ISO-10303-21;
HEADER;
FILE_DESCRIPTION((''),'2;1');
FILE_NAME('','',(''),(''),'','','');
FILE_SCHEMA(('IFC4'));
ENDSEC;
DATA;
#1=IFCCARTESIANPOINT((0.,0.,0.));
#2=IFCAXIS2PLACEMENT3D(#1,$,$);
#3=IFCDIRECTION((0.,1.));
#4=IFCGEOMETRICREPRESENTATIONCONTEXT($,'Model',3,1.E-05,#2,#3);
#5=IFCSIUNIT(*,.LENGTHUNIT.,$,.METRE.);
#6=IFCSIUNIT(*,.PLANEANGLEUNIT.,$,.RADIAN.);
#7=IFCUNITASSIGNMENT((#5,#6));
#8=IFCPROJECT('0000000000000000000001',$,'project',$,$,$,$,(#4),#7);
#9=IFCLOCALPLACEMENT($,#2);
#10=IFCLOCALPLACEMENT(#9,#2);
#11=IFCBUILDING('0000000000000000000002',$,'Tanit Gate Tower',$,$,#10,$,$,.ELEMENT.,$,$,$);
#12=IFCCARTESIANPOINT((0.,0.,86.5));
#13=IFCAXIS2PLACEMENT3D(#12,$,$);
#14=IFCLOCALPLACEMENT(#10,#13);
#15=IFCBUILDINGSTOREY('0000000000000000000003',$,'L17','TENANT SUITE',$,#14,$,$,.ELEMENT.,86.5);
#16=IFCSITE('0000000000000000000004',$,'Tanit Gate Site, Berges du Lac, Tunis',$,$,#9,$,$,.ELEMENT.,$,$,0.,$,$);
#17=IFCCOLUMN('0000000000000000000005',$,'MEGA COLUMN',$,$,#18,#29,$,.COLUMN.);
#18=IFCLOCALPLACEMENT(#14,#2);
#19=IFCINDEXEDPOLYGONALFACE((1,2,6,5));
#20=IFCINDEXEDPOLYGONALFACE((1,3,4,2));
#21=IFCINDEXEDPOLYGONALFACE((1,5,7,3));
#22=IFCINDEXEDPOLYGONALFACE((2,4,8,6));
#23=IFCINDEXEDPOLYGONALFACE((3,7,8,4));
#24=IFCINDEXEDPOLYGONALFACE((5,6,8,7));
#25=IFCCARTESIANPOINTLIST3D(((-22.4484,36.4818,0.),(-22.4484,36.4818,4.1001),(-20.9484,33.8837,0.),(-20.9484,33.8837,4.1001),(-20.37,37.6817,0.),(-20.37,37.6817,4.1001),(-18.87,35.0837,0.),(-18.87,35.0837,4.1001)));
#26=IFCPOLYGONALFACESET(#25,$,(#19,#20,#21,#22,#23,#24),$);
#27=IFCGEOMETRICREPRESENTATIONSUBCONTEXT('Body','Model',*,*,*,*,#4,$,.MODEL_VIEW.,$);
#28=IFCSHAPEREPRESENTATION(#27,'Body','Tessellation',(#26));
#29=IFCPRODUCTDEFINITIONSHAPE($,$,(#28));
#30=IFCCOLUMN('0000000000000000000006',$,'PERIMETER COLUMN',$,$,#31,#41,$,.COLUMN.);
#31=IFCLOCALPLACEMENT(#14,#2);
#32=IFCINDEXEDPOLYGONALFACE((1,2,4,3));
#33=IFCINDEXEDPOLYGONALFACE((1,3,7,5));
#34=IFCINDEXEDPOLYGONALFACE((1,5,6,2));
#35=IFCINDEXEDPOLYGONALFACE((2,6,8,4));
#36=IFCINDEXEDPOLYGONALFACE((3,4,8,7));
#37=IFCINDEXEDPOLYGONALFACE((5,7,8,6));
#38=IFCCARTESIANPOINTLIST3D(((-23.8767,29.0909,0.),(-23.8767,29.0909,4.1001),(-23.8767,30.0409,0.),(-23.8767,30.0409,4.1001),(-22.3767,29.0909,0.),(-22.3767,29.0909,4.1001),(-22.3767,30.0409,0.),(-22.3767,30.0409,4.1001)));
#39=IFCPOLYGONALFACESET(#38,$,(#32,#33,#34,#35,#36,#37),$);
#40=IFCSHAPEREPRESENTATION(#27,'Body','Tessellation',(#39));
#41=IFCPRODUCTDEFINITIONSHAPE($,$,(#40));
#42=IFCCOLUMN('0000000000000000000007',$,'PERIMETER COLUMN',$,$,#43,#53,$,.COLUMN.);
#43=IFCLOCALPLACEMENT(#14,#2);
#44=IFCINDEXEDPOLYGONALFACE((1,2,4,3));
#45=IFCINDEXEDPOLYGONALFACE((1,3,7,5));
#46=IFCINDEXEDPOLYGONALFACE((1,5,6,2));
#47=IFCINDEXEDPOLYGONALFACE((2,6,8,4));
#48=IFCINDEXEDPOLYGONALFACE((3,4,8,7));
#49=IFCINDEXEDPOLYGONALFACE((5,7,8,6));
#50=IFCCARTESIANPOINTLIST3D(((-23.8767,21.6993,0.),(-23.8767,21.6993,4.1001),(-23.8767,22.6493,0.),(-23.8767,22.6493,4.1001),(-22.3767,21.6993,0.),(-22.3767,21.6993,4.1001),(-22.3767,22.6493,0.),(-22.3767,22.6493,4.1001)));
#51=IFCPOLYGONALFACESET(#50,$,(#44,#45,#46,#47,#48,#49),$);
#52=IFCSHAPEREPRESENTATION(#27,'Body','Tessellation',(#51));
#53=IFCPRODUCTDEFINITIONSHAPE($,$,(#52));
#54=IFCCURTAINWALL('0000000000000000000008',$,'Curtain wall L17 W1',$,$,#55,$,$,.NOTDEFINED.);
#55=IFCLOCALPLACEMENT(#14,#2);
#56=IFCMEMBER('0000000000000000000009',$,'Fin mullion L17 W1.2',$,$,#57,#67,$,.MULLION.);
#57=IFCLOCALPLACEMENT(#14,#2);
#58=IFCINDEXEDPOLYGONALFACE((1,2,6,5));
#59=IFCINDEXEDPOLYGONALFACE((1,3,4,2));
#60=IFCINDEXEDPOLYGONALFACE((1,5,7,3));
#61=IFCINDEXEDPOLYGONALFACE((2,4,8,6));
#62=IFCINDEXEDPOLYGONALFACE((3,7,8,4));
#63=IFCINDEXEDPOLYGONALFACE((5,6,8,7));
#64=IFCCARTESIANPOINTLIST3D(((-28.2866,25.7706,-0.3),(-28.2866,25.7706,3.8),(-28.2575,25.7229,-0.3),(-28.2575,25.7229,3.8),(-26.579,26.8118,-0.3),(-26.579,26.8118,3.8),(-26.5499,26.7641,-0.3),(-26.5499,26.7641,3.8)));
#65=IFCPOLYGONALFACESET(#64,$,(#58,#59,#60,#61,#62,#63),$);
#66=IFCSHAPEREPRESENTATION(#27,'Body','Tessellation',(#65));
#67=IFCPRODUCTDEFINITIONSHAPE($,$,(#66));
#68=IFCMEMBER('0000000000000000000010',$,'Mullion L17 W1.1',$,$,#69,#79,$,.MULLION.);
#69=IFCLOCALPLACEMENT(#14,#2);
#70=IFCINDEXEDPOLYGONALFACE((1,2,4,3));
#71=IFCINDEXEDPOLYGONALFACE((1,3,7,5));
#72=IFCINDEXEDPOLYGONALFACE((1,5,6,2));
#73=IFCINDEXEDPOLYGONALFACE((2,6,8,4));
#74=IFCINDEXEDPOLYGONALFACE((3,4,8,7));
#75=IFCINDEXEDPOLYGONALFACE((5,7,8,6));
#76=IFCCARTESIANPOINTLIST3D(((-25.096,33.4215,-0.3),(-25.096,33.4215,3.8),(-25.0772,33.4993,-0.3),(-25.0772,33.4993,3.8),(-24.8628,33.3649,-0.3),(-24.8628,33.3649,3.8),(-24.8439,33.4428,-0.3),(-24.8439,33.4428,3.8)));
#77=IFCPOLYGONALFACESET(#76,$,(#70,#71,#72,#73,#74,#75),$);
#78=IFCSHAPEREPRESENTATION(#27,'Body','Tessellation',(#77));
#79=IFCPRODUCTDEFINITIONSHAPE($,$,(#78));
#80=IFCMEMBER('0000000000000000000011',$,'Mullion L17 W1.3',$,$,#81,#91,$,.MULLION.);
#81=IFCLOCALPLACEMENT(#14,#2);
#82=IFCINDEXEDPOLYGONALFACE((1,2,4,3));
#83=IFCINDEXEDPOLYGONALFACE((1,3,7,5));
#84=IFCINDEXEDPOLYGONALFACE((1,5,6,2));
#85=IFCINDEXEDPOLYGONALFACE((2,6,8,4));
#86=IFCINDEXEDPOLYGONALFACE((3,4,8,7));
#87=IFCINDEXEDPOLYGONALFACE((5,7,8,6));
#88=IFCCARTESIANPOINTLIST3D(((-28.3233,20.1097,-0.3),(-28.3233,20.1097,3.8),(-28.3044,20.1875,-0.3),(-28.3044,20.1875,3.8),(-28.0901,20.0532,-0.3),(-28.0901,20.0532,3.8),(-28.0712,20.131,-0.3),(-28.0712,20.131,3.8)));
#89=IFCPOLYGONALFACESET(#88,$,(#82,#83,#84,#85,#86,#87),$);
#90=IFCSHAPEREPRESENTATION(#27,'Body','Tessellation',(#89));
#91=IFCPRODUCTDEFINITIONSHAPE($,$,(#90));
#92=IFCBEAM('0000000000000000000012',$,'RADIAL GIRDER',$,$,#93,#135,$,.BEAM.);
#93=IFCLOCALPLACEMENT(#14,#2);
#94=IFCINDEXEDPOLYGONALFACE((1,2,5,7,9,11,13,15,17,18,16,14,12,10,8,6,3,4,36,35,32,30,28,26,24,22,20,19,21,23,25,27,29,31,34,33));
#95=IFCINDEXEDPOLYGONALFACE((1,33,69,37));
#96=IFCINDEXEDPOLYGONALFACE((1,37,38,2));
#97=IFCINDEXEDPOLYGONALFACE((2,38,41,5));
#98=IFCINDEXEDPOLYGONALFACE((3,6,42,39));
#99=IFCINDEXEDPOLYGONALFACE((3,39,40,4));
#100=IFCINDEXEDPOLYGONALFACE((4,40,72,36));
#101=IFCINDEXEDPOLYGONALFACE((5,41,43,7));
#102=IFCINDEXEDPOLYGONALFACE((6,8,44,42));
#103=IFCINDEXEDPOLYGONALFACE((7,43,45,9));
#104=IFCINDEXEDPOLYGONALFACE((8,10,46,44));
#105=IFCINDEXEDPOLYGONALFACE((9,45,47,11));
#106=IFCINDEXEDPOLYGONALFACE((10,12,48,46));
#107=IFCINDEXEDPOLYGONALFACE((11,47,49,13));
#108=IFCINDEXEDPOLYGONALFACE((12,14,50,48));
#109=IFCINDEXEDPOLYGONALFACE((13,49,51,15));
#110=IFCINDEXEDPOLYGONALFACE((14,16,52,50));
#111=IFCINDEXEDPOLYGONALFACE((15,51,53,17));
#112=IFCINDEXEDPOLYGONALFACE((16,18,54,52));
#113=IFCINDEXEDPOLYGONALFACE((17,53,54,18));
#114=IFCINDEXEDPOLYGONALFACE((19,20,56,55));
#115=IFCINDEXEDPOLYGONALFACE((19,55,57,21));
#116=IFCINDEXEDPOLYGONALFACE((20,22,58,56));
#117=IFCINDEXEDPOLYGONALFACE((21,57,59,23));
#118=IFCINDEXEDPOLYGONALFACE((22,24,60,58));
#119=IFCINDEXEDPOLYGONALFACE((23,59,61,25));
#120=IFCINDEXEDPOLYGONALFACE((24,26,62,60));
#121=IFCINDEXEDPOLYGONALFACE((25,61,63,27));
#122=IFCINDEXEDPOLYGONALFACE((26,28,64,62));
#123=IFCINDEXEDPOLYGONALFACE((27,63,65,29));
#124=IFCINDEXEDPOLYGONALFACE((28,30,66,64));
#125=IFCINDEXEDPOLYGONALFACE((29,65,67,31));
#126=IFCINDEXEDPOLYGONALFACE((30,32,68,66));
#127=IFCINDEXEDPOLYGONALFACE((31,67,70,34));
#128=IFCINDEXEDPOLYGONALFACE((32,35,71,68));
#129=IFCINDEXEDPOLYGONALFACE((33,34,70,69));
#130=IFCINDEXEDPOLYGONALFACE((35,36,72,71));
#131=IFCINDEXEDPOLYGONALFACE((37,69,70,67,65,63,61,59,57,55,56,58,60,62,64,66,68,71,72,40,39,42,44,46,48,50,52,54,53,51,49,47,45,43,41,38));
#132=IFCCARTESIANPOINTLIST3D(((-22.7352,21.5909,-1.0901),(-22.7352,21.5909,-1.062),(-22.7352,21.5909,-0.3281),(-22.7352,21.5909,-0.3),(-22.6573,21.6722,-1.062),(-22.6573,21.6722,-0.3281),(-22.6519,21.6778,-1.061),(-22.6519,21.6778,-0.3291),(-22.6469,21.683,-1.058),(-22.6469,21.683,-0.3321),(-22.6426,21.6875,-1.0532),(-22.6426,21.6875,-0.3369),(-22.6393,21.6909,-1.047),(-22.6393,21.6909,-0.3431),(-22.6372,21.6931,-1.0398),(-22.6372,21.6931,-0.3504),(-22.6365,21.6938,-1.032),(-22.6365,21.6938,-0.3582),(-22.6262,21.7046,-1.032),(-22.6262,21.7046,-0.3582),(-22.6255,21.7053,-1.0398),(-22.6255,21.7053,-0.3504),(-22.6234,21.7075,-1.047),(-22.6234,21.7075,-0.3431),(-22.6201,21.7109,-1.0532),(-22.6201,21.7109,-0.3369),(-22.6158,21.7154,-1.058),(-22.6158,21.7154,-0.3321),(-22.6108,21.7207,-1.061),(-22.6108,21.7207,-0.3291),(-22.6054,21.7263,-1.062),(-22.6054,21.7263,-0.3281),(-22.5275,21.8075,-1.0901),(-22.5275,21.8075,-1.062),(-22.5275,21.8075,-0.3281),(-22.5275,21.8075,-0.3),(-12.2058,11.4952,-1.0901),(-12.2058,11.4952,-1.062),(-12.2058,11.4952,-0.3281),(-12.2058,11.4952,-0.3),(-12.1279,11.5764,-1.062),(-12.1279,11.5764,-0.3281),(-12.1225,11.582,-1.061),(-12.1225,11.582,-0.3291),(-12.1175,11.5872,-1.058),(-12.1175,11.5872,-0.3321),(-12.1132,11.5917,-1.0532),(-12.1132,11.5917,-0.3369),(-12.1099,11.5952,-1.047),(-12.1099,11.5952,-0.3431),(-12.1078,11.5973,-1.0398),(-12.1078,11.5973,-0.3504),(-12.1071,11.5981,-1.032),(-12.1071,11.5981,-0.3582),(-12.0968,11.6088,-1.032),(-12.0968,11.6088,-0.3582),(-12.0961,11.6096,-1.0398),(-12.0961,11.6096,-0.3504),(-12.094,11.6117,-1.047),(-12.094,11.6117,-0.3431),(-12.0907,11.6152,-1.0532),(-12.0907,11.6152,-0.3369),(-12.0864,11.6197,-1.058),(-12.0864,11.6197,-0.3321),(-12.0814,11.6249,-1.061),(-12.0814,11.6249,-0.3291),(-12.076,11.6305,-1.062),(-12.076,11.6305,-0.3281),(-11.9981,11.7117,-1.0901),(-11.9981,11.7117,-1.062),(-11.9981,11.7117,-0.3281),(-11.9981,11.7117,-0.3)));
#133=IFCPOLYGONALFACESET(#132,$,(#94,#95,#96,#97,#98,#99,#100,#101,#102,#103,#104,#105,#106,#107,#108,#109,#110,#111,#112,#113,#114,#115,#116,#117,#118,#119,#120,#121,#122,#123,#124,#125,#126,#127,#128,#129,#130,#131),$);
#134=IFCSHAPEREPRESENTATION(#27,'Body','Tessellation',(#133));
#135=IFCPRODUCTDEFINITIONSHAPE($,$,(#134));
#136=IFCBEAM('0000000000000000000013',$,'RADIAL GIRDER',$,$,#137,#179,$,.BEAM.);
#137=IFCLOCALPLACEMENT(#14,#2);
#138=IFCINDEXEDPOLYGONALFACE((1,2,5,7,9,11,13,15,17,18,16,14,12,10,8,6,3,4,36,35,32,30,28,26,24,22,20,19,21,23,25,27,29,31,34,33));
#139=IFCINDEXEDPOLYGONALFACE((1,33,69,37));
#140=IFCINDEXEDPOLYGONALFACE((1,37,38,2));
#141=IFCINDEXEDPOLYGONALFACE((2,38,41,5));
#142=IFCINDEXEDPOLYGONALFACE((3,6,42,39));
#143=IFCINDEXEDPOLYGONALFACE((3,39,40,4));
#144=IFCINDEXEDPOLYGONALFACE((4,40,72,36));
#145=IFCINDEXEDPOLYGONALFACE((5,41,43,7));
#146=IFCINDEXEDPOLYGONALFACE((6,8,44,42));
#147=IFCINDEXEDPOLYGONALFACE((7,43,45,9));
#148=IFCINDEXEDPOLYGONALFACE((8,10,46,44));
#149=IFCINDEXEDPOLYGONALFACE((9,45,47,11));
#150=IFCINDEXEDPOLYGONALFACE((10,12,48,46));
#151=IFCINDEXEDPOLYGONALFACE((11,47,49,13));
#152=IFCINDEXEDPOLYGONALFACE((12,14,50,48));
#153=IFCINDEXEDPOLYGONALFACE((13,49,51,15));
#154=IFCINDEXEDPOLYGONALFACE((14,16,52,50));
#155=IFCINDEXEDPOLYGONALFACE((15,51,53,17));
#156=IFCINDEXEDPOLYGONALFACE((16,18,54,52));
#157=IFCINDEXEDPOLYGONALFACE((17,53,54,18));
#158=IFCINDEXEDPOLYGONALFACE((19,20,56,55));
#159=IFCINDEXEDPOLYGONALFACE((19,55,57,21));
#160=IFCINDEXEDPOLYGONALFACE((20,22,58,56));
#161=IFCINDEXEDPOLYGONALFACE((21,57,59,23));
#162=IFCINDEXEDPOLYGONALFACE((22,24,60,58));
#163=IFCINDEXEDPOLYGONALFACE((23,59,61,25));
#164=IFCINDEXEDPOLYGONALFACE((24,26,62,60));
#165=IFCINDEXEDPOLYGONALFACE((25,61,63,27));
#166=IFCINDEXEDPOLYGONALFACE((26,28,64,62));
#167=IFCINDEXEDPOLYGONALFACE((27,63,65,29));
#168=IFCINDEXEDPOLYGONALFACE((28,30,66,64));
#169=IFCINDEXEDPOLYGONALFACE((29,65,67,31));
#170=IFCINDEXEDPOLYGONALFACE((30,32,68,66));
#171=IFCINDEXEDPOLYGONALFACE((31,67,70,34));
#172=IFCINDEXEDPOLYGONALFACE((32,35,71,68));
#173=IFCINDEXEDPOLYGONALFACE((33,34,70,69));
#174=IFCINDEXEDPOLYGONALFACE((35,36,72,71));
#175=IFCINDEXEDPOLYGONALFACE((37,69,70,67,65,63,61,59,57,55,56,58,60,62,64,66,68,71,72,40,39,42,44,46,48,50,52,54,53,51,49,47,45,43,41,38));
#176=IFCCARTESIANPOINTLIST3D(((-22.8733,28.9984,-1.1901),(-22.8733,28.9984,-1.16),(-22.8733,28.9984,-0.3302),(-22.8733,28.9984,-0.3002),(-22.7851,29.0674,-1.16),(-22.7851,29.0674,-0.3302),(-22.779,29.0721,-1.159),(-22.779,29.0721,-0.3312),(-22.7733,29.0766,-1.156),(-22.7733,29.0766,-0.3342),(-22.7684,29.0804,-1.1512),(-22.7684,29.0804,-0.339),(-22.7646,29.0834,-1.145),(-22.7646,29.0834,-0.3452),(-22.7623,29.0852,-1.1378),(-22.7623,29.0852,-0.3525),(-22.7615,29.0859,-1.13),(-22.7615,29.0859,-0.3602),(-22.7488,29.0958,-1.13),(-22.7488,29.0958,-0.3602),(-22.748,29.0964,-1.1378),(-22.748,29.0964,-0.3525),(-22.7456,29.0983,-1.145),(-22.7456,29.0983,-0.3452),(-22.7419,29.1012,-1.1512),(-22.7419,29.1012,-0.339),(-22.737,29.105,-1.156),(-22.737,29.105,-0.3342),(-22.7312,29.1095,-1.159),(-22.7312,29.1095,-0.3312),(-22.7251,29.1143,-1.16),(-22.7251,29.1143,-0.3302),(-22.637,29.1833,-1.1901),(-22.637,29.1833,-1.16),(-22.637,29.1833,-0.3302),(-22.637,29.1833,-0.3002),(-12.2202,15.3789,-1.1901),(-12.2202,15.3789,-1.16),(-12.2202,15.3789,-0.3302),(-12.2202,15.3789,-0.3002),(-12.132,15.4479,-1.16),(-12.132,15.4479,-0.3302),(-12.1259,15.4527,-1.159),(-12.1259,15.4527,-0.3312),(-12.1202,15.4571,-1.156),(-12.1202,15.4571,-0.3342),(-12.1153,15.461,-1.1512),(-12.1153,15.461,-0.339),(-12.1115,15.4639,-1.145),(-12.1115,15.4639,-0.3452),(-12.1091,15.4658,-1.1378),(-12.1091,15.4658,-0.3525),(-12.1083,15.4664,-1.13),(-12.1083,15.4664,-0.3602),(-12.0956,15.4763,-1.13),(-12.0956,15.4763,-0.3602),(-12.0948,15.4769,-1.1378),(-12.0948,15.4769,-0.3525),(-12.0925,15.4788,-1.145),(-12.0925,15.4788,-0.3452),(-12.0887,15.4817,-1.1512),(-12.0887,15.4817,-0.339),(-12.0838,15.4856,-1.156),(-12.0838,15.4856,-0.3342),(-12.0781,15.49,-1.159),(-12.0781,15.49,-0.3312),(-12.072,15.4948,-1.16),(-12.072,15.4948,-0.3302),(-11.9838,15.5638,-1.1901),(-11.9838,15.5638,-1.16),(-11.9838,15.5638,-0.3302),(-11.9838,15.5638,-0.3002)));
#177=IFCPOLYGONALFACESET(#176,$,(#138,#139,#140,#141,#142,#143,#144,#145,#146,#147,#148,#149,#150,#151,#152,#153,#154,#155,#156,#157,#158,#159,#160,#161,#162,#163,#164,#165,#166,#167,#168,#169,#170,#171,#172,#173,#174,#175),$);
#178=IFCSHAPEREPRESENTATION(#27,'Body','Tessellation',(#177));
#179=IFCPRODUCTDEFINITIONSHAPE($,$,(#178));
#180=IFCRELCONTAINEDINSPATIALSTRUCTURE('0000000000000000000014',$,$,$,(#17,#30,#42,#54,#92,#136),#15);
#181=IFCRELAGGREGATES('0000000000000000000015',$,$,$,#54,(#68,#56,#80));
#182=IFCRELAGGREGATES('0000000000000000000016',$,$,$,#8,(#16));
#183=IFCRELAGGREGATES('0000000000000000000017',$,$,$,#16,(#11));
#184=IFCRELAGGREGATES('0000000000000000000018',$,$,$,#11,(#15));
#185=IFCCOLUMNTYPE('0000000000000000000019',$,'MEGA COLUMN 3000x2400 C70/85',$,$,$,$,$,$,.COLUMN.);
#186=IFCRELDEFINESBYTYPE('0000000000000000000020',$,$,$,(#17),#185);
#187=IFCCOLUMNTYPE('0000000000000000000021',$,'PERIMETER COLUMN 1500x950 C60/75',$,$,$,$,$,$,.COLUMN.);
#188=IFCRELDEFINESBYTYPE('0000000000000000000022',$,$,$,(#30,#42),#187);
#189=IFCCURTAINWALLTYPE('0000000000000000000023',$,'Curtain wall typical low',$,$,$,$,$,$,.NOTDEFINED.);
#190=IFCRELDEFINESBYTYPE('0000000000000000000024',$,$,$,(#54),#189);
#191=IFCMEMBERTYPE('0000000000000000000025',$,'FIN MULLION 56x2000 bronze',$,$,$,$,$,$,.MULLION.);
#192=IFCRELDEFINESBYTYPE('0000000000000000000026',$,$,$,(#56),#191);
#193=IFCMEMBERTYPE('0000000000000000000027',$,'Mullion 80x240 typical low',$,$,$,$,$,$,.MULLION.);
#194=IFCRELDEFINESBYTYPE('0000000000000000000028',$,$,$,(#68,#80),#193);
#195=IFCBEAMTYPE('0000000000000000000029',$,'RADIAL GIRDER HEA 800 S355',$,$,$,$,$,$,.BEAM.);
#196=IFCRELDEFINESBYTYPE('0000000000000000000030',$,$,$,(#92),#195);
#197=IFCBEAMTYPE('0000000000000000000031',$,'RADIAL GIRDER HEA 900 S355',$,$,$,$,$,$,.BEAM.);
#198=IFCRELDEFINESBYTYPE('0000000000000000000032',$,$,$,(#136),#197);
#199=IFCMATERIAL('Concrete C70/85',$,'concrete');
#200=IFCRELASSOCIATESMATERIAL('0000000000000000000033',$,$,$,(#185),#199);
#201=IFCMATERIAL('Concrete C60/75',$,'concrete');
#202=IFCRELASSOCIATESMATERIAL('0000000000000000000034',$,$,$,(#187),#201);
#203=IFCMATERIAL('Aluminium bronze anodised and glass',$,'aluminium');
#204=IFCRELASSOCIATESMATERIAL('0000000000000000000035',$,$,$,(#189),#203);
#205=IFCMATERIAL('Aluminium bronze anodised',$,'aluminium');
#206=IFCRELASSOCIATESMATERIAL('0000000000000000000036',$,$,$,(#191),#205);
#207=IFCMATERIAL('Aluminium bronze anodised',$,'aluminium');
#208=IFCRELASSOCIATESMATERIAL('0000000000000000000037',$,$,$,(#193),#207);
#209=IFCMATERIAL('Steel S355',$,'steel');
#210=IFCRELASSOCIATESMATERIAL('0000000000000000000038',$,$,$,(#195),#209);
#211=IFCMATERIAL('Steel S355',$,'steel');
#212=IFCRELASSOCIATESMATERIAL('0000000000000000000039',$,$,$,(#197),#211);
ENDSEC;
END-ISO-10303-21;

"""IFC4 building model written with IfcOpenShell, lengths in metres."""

from ifc_helpers import new_model, si_unit, direction, frame, origin, origin_2d, place, context, subcontext, project, spatial, rectangle, i_section, extrude, material, material_profile, profile_set, type_object, element, aggregate, save


model = new_model("IFC4")

# Units and contexts
model_context = context("Model", 3, precision=1e-05, world=origin(), true_north=direction((0.0, 1.0)))
body_context = subcontext(model_context, "Body", "Model", "MODEL_VIEW")
ifc_project = project(units=[si_unit("LENGTHUNIT", "METRE"), si_unit("PLANEANGLEUNIT", "RADIAN")], contexts=[model_context])

# Site, building, storey
site_placement = place(None, origin())
site = spatial("IfcSite", under=ifc_project, at=site_placement, Name="Tanit Gate Site, Berges du Lac, Tunis", CompositionType="ELEMENT", RefElevation=0.0)
building_placement = place(site_placement, origin())
building = spatial("IfcBuilding", under=site, at=building_placement, Name="Tanit Gate Tower", CompositionType="ELEMENT")
storey_placement = place(building_placement, frame((0.0, 0.0, 86.5)))
storey = spatial("IfcBuildingStorey", under=building, at=storey_placement, Name="L17", Description="TENANT SUITE", CompositionType="ELEMENT", Elevation=86.5)

# Columns
ifc_material_1 = material(Name="Concrete C70/85", Category="concrete")
ifc_material_profile_1 = material_profile(ifc_material_1, rectangle(XDim=3.0, YDim=2.3999, at=origin_2d()), Name="RC 3000x2400")
ifc_profile_set_1 = profile_set([ifc_material_profile_1], Name="Concrete C70/85")
column_type_1 = type_object("IfcColumnType", Name="MEGA COLUMN 3000x2400 C70/85", PredefinedType="COLUMN", material=ifc_profile_set_1)
column_placement = place(storey_placement, frame((-20.6592, 35.7827, 0.0), z_axis=(0.0, 0.0, 1.0), x_axis=(-0.5, 0.866025, 0.0)))
element("IfcColumn", 1, at=column_placement, inside=storey, type_object=column_type_1, Name="MEGA COLUMN", PredefinedType="COLUMN", context=body_context, shape_type="SweptSolid", body=[
    extrude(rectangle(XDim=3.0, YDim=2.3999, at=origin_2d()), origin(), (0.0, 0.0, 1.0), 4.1001),
])
ifc_material_2 = material(Name="Concrete C60/75", Category="concrete")
ifc_material_profile_2 = material_profile(ifc_material_2, rectangle(XDim=1.5, YDim=0.95, at=origin_2d()), Name="RC 1500x950")
ifc_profile_set_2 = profile_set([ifc_material_profile_2], Name="Concrete C60/75")
column_type_2 = type_object("IfcColumnType", Name="PERIMETER COLUMN 1500x950 C60/75", PredefinedType="COLUMN", material=ifc_profile_set_2)
for number, where, z_axis, x_axis, name in (
    (2, (-23.1267, 29.5659, 0.0), (0.0, 0.0, 1.0), (-1.0, 0.0, 0.0), "PERIMETER COLUMN"),
    (3, (-23.1267, 22.1743, 0.0), (0.0, 0.0, 1.0), (-1.0, 0.0, 0.0), "PERIMETER COLUMN"),
):
    element("IfcColumn", number, at=place(storey_placement, frame(where, z_axis=z_axis, x_axis=x_axis)), inside=storey, type_object=column_type_2, Name=name, PredefinedType="COLUMN", context=body_context, shape_type="SweptSolid", body=[
        extrude(rectangle(XDim=1.5, YDim=0.95, at=origin_2d()), origin(), (0.0, 0.0, 1.0), 4.1001),
    ])

# Curtain wall, members
ifc_material_3 = material(Name="Aluminium bronze anodised and glass", Category="aluminium")
curtain_wall_type = type_object("IfcCurtainWallType", Name="Curtain wall typical low", PredefinedType="NOTDEFINED", material=ifc_material_3)
curtain_wall_placement = place(storey_placement, origin())
curtain_wall = element("IfcCurtainWall", 4, at=curtain_wall_placement, inside=storey, type_object=curtain_wall_type, Name="Curtain wall L17 W1", PredefinedType="NOTDEFINED")
ifc_material_4 = material(Name="Aluminium bronze anodised", Category="aluminium")
ifc_material_profile_3 = material_profile(ifc_material_4, rectangle(XDim=2.0, YDim=0.0559, at=origin_2d()), Name="56x2000 bronze fin mullion")
ifc_profile_set_3 = profile_set([ifc_material_profile_3], Name="Aluminium bronze anodised")
member_type_1 = type_object("IfcMemberType", Name="FIN MULLION 56x2000 bronze", PredefinedType="MULLION", material=ifc_profile_set_3)
member_1_placement = place(storey_placement, frame((-27.4182, 26.2673, -0.3), z_axis=(0.0, 0.0, 1.0), x_axis=(0.853806, 0.520591, 0.0)))
member_1 = element("IfcMember", 5, at=member_1_placement, type_object=member_type_1, Name="Fin mullion L17 W1.2", PredefinedType="MULLION", context=body_context, shape_type="SweptSolid", body=[
    extrude(rectangle(XDim=2.0, YDim=0.0559, at=origin_2d()), origin(), (0.0, 0.0, 1.0), 4.1001),
])
ifc_material_5 = material(Name="Aluminium bronze anodised", Category="aluminium")
ifc_material_profile_4 = material_profile(ifc_material_5, rectangle(XDim=0.24, YDim=0.0801, at=origin_2d()), Name="80x240 bronze mullion")
ifc_profile_set_4 = profile_set([ifc_material_profile_4], Name="Aluminium bronze anodised")
member_type_2 = type_object("IfcMemberType", Name="Mullion 80x240 typical low", PredefinedType="MULLION", material=ifc_profile_set_4)
member_2_placement = place(storey_placement, frame((-24.97, 33.4321, -0.3), z_axis=(0.0, 0.0, 1.0), x_axis=(0.971846, -0.235618, 0.0)))
member_2 = element("IfcMember", 6, at=member_2_placement, type_object=member_type_2, Name="Mullion L17 W1.1", PredefinedType="MULLION", context=body_context, shape_type="SweptSolid", body=[
    extrude(rectangle(XDim=0.24, YDim=0.0801, at=origin_2d()), origin(), (0.0, 0.0, 1.0), 4.1001),
])
member_3_placement = place(storey_placement, frame((-28.1973, 20.1204, -0.3), z_axis=(0.0, 0.0, 1.0), x_axis=(0.971846, -0.235618, 0.0)))
member_3 = element("IfcMember", 7, at=member_3_placement, type_object=member_type_2, Name="Mullion L17 W1.3", PredefinedType="MULLION", context=body_context, shape_type="SweptSolid", body=[
    extrude(rectangle(XDim=0.24, YDim=0.0801, at=origin_2d()), origin(), (0.0, 0.0, 1.0), 4.1001),
])

# Beams
ifc_material_6 = material(Name="Steel S355", Category="steel")
ifc_material_profile_5 = material_profile(ifc_material_6, i_section(OverallWidth=0.3, OverallDepth=0.79, WebThickness=0.0149, FlangeThickness=0.0281, FilletRadius=0.03, at=origin_2d()), Name="HEA 800")
ifc_profile_set_5 = profile_set([ifc_material_profile_5], Name="Steel S355")
beam_type_1 = type_object("IfcBeamType", Name="RADIAL GIRDER HEA 800 S355", PredefinedType="BEAM", material=ifc_profile_set_5)
beam_1_placement = place(storey_placement, frame((-22.6313, 21.6992, -0.6951), z_axis=(0.721813, -0.692089, 0.0), x_axis=(0.692089, 0.721813, 0.0)))
element("IfcBeam", 8, at=beam_1_placement, inside=storey, type_object=beam_type_1, Name="RADIAL GIRDER", PredefinedType="BEAM", context=body_context, shape_type="SweptSolid", body=[
    extrude(i_section(OverallWidth=0.3, OverallDepth=0.79, WebThickness=0.0149, FlangeThickness=0.0281, FilletRadius=0.03, at=origin_2d()), origin(), (0.0, 0.0, 1.0), 14.5874),
])
ifc_material_7 = material(Name="Steel S355", Category="steel")
ifc_material_profile_6 = material_profile(ifc_material_7, i_section(OverallWidth=0.3, OverallDepth=0.8899, WebThickness=0.0161, FlangeThickness=0.03, FilletRadius=0.03, at=origin_2d()), Name="HEA 900")
ifc_profile_set_6 = profile_set([ifc_material_profile_6], Name="Steel S355")
beam_type_2 = type_object("IfcBeamType", Name="RADIAL GIRDER HEA 900 S355", PredefinedType="BEAM", material=ifc_profile_set_6)
beam_2_placement = place(storey_placement, frame((-22.7551, 29.0908, -0.7451), z_axis=(0.616108, -0.787661, 0.0), x_axis=(0.787661, 0.616108, 0.0)))
element("IfcBeam", 9, at=beam_2_placement, inside=storey, type_object=beam_type_2, Name="RADIAL GIRDER", PredefinedType="BEAM", context=body_context, shape_type="SweptSolid", body=[
    extrude(i_section(OverallWidth=0.3, OverallDepth=0.8899, WebThickness=0.0161, FlangeThickness=0.03, FilletRadius=0.03, at=origin_2d()), origin(), (0.0, 0.0, 1.0), 17.291),
])

aggregate(curtain_wall, [member_2, member_1, member_3])

save(model, "model.ifc")
